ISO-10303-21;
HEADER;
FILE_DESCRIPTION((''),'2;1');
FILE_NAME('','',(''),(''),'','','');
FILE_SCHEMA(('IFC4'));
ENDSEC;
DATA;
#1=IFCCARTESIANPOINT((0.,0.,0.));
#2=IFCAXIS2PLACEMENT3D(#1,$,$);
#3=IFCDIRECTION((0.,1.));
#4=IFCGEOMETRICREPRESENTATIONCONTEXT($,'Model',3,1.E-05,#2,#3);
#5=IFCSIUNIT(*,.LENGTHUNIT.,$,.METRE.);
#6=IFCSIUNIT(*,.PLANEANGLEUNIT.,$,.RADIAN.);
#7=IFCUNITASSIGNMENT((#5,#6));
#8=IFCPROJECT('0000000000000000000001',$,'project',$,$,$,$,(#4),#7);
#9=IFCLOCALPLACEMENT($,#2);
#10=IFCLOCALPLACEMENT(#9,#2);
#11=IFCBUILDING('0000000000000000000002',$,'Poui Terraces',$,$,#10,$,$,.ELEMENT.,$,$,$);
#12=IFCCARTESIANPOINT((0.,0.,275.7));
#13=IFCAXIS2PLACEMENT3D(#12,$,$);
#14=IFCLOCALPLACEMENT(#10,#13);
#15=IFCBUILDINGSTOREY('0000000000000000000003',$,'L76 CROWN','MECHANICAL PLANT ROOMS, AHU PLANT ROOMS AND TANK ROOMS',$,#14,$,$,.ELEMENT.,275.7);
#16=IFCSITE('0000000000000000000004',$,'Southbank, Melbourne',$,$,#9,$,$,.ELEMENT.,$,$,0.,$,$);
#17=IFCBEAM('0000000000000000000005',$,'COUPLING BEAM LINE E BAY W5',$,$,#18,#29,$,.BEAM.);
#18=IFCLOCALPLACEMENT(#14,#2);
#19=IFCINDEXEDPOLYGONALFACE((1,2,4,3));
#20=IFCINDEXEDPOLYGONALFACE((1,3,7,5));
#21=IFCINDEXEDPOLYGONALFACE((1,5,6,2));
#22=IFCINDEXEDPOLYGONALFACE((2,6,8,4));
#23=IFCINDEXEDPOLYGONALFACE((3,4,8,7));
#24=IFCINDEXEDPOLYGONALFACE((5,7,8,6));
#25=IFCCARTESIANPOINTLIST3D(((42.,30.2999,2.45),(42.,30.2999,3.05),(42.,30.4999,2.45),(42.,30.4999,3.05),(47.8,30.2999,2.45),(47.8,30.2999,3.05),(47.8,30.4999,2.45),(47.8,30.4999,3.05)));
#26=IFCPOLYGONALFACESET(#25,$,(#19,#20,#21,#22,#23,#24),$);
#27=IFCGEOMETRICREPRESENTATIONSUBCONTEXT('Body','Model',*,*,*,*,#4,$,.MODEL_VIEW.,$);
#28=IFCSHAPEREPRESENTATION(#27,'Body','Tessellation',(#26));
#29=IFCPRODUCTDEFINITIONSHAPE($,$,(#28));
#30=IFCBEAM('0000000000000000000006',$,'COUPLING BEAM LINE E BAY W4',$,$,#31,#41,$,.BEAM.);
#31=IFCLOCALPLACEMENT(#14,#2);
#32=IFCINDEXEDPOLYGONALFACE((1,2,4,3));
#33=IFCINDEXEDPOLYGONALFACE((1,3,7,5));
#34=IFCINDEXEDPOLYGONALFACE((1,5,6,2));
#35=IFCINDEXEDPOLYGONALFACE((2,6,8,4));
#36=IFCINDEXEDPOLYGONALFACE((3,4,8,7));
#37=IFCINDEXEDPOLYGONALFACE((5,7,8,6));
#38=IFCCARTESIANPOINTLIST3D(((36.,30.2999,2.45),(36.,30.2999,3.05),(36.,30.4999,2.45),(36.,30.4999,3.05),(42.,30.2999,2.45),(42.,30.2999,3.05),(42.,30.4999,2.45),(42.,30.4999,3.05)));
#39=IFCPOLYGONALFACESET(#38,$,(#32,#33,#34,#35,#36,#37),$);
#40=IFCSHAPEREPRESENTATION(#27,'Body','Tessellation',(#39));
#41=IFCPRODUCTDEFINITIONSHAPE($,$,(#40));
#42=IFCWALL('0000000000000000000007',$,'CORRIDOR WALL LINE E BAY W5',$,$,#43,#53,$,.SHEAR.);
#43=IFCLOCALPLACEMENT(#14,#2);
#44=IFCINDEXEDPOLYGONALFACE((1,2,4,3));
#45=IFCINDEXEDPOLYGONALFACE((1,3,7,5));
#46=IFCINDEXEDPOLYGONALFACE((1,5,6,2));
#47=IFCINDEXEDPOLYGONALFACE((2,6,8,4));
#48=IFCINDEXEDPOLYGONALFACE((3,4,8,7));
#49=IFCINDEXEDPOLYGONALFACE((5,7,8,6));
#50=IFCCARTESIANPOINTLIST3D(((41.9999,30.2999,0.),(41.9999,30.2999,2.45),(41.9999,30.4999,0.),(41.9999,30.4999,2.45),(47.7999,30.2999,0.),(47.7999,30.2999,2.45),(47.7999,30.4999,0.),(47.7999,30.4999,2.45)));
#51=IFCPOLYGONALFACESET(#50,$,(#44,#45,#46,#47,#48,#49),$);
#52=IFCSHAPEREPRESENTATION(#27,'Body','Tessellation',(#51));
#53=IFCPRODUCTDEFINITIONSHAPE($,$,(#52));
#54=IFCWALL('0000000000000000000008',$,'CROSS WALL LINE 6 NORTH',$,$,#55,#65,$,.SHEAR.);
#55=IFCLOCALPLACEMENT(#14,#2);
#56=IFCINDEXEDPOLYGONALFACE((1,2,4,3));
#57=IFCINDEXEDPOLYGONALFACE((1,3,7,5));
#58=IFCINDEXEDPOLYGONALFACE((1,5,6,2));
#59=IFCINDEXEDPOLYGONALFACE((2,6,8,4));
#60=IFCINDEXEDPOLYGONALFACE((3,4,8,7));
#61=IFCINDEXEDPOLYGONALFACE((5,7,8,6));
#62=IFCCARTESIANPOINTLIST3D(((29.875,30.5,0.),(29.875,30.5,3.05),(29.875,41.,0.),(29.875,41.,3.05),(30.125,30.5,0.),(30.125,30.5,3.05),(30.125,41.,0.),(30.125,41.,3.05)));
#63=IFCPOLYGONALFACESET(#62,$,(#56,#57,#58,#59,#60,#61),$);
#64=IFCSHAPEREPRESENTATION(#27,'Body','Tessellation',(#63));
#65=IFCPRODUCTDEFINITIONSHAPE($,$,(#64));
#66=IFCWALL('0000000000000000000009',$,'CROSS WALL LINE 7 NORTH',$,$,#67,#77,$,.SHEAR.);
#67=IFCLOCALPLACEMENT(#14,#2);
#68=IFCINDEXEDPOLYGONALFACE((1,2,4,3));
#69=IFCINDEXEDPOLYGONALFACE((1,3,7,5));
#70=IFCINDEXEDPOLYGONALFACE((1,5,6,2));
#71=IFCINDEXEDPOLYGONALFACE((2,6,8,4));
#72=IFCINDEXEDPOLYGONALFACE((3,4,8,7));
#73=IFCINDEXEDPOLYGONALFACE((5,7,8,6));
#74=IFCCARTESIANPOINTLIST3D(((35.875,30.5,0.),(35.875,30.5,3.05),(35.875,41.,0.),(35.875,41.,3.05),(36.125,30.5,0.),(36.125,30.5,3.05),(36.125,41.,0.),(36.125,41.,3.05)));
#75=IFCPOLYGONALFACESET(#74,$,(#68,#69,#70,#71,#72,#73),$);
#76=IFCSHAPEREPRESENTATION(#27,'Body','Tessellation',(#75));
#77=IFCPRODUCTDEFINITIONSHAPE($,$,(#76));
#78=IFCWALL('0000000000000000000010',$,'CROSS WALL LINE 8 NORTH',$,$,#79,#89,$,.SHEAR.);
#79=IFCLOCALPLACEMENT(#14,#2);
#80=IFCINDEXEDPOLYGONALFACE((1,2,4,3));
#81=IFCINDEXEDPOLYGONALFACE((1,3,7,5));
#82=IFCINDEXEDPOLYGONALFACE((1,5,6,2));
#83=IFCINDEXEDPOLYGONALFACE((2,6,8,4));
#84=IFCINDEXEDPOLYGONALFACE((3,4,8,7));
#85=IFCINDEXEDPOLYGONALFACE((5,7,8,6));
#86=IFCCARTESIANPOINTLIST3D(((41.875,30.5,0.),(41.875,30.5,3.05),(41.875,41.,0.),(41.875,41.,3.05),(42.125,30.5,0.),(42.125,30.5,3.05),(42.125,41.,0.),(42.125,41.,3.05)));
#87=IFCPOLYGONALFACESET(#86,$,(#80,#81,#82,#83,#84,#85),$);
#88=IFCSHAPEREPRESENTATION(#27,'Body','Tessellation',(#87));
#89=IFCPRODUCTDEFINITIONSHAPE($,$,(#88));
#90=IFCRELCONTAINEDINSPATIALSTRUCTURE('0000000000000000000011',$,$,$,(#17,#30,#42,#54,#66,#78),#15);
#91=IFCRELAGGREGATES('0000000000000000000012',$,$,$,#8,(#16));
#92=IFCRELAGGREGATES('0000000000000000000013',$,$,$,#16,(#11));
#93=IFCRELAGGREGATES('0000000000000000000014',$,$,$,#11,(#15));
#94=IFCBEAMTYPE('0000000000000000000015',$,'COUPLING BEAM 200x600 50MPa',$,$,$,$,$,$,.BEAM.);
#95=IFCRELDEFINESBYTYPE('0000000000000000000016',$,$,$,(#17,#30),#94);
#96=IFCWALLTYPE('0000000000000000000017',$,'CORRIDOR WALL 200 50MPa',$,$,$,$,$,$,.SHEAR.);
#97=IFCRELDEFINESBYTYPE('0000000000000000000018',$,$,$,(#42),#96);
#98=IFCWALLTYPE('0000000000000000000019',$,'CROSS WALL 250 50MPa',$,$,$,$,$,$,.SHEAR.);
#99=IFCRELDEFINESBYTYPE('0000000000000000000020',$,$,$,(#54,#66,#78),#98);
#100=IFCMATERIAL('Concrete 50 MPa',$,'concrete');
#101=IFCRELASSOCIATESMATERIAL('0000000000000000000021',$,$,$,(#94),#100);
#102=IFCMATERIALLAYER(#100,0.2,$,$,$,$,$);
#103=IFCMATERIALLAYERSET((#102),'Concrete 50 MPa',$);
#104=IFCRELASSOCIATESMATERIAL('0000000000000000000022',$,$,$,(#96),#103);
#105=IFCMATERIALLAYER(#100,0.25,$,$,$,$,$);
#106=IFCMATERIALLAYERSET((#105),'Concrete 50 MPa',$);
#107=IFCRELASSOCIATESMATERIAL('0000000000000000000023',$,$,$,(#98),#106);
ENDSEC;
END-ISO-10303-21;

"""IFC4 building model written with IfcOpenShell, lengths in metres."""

from ifc_helpers import new_model, si_unit, direction, frame, frame_2d, origin, origin_2d, place, context, subcontext, project, spatial, rectangle, extrude, source, transform, mapped, material, layer, layer_set, material_profile, profile_set, type_object, element, save


model = new_model("IFC4")

# Units and contexts
model_context = context("Model", 3, precision=1e-05, world=origin(), true_north=direction((0.0, 1.0)))
body_context = subcontext(model_context, "Body", "Model", "MODEL_VIEW")
ifc_project = project(units=[si_unit("LENGTHUNIT", "METRE"), si_unit("PLANEANGLEUNIT", "RADIAN")], contexts=[model_context])

# Site, building, storey
site_placement = place(None, origin())
site = spatial("IfcSite", under=ifc_project, at=site_placement, Name="Southbank, Melbourne", CompositionType="ELEMENT", RefElevation=0.0)
building_placement = place(site_placement, origin())
building = spatial("IfcBuilding", under=site, at=building_placement, Name="Poui Terraces", CompositionType="ELEMENT")
storey_placement = place(building_placement, frame((0.0, 0.0, 275.7)))
storey = spatial("IfcBuildingStorey", under=building, at=storey_placement, Name="L76 CROWN", Description="MECHANICAL PLANT ROOMS, AHU PLANT ROOMS AND TANK ROOMS", CompositionType="ELEMENT", Elevation=275.7)

# Beams
ifc_material_1 = material(Name="Concrete 50 MPa", Category="concrete")
ifc_material_profile_1 = material_profile(ifc_material_1, rectangle(XDim=0.2, YDim=0.6001, at=origin_2d()), Name="RC 200x600")
ifc_profile_set_1 = profile_set([ifc_material_profile_1], Name="Concrete 50 MPa")
beam_type = type_object("IfcBeamType", Name="COUPLING BEAM 200x600 50MPa", PredefinedType="BEAM", material=ifc_profile_set_1)
shared_shape_1 = source(origin(), body_context, "Body", "SweptSolid", [
    extrude(rectangle(XDim=0.2, YDim=0.6001, at=origin_2d()), origin(), (0.0, 0.0, 1.0), 5.8),
])
beam_1_placement = place(storey_placement, frame((42.0, 30.3999, 2.75), z_axis=(1.0, 0.0, 0.0), x_axis=(0.0, 1.0, 0.0)))
element("IfcBeam", 1, at=beam_1_placement, inside=storey, type_object=beam_type, Name="COUPLING BEAM LINE E BAY W5", PredefinedType="BEAM", context=body_context, shape_type="MappedRepresentation", body=[
    mapped(shared_shape_1, transform((0.0, 0.0, 0.0))),
])
shared_shape_2 = source(origin(), body_context, "Body", "SweptSolid", [
    extrude(rectangle(XDim=0.2, YDim=0.6001, at=origin_2d()), origin(), (0.0, 0.0, 1.0), 6.0),
])
beam_2_placement = place(storey_placement, frame((36.0, 30.3999, 2.75), z_axis=(1.0, 0.0, 0.0), x_axis=(0.0, 1.0, 0.0)))
element("IfcBeam", 2, at=beam_2_placement, inside=storey, type_object=beam_type, Name="COUPLING BEAM LINE E BAY W4", PredefinedType="BEAM", context=body_context, shape_type="MappedRepresentation", body=[
    mapped(shared_shape_2, transform((0.0, 0.0, 0.0))),
])

# Walls
ifc_layer_1 = layer(ifc_material_1, 0.2)
ifc_layer_set_1 = layer_set([ifc_layer_1], Name="Concrete 50 MPa")
wall_type_1 = type_object("IfcWallType", Name="CORRIDOR WALL 200 50MPa", PredefinedType="SHEAR", material=ifc_layer_set_1)
wall_1_placement = place(storey_placement, frame((42.0, 30.3999, 0.0), z_axis=(0.0, 0.0, 1.0), x_axis=(1.0, 0.0, 0.0)))
element("IfcWall", 3, at=wall_1_placement, inside=storey, type_object=wall_type_1, Name="CORRIDOR WALL LINE E BAY W5", PredefinedType="SHEAR", context=body_context, shape_type="SweptSolid", body=[
    extrude(rectangle(XDim=5.8, YDim=0.2, at=frame_2d((2.8999, 0.0))), origin(), (0.0, 0.0, 1.0), 2.45),
])
ifc_layer_2 = layer(ifc_material_1, 0.25)
ifc_layer_set_2 = layer_set([ifc_layer_2], Name="Concrete 50 MPa")
wall_type_2 = type_object("IfcWallType", Name="CROSS WALL 250 50MPa", PredefinedType="SHEAR", material=ifc_layer_set_2)
for number, where, z_axis, x_axis, name in (
    (4, (30.0, 30.5, 0.0), (0.0, 0.0, 1.0), (0.0, 1.0, 0.0), "CROSS WALL LINE 6 NORTH"),
    (5, (36.0, 30.5, 0.0), (0.0, 0.0, 1.0), (0.0, 1.0, 0.0), "CROSS WALL LINE 7 NORTH"),
    (6, (42.0, 30.5, 0.0), (0.0, 0.0, 1.0), (0.0, 1.0, 0.0), "CROSS WALL LINE 8 NORTH"),
):
    element("IfcWall", number, at=place(storey_placement, frame(where, z_axis=z_axis, x_axis=x_axis)), inside=storey, type_object=wall_type_2, Name=name, PredefinedType="SHEAR", context=body_context, shape_type="SweptSolid", body=[
        extrude(rectangle(XDim=10.5, YDim=0.25, at=frame_2d((5.25, 0.0))), origin(), (0.0, 0.0, 1.0), 3.05),
    ])

save(model, "model.ifc")
